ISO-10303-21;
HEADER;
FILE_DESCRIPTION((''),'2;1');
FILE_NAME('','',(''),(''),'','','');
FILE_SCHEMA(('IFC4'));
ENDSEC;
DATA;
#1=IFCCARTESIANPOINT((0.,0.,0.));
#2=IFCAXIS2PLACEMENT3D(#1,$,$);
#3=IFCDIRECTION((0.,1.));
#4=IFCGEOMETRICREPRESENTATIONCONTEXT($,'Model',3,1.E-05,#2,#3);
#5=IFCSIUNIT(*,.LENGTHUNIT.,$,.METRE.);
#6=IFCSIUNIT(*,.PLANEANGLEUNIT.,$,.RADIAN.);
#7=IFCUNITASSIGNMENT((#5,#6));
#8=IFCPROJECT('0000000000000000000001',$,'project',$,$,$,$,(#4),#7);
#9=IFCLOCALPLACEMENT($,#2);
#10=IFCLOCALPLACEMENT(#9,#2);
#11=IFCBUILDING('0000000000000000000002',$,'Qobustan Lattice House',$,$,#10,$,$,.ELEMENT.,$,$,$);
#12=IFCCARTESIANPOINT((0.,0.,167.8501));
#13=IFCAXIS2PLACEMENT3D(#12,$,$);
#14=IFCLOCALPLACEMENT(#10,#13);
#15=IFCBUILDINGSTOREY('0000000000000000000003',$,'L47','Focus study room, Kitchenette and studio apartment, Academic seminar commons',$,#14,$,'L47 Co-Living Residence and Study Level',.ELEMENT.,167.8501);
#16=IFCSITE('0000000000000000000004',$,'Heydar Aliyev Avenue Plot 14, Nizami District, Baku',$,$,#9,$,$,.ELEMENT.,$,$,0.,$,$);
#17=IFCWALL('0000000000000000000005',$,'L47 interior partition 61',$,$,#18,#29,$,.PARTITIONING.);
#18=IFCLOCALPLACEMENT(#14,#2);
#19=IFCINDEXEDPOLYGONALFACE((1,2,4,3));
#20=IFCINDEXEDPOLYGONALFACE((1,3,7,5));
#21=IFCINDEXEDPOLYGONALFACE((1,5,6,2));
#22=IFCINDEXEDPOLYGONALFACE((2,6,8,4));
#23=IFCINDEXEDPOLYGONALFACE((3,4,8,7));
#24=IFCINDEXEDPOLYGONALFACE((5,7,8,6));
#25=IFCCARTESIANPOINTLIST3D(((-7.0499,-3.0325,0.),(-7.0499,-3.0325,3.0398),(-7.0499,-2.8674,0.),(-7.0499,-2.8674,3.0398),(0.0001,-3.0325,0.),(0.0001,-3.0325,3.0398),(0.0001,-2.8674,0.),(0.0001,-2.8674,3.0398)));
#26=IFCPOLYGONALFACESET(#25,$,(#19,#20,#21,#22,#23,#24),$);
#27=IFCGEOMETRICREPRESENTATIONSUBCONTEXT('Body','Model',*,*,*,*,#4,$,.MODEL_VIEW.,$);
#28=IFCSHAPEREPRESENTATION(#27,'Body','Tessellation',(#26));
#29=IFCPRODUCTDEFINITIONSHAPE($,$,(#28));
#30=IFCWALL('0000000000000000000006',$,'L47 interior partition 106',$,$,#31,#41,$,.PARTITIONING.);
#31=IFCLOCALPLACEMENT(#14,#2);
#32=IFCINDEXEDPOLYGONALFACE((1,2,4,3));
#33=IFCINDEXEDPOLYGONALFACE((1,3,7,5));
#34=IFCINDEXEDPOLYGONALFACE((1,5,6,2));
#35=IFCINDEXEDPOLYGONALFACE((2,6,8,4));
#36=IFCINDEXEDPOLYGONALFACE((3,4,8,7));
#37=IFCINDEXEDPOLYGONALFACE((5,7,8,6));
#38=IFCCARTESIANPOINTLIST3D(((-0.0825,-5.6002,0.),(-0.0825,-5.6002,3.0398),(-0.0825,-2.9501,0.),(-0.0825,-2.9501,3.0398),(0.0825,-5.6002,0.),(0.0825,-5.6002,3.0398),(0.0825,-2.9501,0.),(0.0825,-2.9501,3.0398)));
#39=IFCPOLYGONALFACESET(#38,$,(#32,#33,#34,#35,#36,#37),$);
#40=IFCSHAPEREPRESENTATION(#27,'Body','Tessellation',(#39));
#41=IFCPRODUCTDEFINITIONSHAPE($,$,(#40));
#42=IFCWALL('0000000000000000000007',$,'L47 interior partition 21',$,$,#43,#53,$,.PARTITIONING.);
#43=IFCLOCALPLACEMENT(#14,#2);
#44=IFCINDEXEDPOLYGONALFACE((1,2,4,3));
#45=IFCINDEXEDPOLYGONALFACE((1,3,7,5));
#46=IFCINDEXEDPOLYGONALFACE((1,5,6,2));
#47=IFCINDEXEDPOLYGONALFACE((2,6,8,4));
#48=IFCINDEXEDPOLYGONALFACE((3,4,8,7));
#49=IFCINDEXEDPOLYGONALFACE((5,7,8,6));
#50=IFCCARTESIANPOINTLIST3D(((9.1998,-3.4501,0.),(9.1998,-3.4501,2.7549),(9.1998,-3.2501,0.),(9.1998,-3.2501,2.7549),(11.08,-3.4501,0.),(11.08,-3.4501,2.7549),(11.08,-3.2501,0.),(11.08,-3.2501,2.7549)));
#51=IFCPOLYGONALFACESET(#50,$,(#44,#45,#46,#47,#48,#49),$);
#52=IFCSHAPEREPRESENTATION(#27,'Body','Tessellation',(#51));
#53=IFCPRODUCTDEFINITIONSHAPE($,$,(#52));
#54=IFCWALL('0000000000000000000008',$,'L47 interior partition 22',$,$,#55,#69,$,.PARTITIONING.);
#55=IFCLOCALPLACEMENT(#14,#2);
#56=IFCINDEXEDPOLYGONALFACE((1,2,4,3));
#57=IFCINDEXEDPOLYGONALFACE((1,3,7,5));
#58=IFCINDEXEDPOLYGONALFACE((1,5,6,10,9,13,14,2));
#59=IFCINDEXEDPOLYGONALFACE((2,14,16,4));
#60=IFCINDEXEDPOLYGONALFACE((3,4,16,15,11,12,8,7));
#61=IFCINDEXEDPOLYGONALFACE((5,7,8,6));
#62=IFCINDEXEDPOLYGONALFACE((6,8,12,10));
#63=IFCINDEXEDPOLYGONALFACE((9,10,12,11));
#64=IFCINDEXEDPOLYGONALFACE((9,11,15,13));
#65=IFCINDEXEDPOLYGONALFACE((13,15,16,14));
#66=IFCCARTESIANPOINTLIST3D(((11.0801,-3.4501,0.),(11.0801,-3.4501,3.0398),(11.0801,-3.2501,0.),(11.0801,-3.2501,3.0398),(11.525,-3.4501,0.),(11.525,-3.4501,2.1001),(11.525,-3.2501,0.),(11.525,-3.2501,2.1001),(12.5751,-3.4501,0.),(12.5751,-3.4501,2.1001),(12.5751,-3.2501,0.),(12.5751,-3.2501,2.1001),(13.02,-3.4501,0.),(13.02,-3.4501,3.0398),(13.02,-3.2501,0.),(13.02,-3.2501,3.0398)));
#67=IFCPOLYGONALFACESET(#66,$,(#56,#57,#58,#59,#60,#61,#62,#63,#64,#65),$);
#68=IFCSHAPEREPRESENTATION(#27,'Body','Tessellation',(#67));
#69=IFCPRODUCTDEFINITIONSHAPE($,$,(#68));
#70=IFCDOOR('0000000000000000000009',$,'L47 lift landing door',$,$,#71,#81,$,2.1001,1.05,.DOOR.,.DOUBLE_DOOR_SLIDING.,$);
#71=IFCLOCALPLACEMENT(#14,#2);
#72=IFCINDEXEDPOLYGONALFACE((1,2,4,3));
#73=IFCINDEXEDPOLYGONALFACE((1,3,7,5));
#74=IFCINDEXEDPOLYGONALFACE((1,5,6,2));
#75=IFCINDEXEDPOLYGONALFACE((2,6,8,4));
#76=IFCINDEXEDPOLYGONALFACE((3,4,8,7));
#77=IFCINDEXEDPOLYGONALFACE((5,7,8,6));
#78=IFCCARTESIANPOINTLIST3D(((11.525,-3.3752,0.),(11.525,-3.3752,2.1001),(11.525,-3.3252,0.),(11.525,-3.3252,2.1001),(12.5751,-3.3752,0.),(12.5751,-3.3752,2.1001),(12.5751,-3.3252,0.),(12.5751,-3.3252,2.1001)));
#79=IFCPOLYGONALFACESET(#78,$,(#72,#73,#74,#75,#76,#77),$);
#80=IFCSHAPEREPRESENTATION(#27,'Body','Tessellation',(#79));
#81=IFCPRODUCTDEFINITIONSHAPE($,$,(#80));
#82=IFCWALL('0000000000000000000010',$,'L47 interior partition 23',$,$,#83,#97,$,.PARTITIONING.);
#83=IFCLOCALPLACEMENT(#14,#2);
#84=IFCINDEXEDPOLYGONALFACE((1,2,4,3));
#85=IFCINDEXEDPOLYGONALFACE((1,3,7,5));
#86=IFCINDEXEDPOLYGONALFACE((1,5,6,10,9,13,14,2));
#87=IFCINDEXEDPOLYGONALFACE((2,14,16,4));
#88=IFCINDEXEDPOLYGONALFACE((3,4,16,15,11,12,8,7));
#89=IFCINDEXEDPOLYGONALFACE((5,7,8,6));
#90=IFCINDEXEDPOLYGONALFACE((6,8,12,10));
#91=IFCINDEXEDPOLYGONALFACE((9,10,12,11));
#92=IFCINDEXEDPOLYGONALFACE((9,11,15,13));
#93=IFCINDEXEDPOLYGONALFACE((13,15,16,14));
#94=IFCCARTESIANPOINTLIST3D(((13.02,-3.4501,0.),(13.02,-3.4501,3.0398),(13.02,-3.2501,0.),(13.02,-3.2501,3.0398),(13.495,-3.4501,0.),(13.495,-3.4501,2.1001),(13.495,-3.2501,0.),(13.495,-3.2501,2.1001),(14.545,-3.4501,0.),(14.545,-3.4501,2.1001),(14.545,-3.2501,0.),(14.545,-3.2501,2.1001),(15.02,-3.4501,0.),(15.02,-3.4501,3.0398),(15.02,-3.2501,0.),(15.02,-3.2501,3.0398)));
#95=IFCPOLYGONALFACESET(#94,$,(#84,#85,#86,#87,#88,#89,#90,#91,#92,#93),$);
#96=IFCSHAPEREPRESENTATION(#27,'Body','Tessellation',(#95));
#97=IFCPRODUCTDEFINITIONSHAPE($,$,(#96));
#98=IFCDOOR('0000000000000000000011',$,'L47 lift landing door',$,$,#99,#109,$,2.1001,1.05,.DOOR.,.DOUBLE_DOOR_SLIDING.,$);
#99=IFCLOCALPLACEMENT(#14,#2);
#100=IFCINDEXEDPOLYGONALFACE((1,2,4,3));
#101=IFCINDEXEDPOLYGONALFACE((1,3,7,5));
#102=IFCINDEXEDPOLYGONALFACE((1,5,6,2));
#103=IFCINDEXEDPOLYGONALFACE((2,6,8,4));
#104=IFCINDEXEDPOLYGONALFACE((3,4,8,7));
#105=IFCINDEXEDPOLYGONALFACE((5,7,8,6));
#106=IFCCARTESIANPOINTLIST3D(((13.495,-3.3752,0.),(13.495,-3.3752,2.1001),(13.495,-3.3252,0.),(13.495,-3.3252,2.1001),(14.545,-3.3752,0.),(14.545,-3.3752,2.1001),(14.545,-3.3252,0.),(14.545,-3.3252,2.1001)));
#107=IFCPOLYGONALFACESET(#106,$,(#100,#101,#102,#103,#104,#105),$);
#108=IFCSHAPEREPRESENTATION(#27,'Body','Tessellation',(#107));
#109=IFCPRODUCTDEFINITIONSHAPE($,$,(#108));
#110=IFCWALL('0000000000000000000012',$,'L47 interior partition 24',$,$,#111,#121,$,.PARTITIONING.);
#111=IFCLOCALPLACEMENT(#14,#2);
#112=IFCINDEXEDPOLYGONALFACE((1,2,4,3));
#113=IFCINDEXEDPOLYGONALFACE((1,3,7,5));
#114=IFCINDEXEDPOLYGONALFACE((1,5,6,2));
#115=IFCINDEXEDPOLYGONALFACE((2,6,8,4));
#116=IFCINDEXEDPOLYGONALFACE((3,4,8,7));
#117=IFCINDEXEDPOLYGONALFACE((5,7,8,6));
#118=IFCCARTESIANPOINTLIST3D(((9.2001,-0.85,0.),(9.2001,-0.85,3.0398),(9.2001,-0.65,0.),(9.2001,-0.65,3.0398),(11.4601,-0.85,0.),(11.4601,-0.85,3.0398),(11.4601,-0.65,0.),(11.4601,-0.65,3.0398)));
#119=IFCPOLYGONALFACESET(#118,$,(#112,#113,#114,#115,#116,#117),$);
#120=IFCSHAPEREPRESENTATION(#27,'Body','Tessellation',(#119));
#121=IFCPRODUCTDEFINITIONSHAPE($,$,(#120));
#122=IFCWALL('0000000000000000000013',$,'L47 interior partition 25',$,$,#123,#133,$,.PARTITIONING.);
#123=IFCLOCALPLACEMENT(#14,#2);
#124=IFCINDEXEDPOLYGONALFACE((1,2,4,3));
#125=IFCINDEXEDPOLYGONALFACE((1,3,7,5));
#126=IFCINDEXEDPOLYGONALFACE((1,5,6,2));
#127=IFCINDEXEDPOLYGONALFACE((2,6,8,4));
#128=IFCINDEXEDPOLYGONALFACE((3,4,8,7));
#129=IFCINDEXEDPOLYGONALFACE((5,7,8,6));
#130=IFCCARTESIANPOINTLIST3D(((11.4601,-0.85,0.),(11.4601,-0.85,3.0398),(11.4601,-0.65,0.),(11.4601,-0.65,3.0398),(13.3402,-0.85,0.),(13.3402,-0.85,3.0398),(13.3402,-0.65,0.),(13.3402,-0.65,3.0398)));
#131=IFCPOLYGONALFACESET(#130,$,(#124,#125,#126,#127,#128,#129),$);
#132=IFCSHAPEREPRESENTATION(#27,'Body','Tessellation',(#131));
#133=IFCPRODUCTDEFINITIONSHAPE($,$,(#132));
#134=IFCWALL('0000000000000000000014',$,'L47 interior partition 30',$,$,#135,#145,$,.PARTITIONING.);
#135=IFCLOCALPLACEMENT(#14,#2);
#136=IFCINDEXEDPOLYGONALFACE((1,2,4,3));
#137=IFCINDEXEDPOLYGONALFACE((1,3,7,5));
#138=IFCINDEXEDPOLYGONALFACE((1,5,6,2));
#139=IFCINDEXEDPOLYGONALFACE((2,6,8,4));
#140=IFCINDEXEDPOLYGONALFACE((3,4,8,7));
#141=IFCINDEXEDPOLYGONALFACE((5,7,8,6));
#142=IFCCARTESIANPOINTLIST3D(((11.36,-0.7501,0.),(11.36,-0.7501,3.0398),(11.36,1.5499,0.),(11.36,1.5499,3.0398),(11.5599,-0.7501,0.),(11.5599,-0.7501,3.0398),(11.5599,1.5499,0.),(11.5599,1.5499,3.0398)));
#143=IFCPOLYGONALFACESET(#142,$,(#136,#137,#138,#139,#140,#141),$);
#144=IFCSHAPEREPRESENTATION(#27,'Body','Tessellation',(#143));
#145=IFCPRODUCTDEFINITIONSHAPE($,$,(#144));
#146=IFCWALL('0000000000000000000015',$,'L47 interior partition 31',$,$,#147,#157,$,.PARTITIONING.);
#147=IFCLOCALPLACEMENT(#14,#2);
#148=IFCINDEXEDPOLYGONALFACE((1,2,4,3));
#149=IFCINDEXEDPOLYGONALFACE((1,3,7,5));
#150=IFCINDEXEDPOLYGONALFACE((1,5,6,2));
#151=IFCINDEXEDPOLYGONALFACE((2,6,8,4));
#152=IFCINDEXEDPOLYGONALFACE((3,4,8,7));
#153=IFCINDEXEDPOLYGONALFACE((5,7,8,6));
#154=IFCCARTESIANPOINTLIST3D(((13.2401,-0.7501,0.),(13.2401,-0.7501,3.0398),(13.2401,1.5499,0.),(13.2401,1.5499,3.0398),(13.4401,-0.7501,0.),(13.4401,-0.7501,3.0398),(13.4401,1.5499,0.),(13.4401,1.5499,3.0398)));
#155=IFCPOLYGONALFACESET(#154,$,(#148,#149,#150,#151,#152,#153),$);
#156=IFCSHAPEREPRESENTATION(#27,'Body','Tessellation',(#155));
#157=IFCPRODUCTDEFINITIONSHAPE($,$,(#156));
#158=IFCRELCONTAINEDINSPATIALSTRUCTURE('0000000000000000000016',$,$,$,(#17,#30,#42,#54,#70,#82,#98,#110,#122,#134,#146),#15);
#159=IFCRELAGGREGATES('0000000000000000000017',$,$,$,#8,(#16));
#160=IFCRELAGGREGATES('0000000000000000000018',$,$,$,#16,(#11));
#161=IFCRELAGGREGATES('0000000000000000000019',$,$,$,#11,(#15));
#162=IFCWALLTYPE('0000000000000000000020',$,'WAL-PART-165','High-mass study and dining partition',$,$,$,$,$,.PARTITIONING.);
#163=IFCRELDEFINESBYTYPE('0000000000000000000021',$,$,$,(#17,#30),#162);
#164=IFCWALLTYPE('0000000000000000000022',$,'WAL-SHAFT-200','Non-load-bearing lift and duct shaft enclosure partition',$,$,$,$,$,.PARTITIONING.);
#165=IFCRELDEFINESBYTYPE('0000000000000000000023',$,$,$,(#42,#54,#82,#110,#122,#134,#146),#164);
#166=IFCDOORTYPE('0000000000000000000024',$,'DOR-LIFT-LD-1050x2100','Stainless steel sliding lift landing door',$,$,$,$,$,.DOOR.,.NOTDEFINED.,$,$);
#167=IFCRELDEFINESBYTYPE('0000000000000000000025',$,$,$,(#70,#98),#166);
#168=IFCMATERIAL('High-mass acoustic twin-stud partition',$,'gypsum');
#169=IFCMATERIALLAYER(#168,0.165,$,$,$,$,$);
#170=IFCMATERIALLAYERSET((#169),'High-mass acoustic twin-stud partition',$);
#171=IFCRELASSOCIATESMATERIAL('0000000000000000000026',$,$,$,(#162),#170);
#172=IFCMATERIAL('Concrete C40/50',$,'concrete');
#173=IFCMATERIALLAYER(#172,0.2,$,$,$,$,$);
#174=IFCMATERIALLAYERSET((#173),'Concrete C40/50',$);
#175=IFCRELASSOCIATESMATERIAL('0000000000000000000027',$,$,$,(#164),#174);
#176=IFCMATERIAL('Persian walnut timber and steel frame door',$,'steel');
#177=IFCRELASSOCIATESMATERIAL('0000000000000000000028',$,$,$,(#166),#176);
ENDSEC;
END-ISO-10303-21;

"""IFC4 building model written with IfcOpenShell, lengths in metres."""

from ifc_helpers import new_model, si_unit, direction, frame, frame_2d, origin, place, context, subcontext, project, spatial, rectangle, extrude, material, layer, layer_set, type_object, element, fill, save


model = new_model("IFC4")

# Units and contexts
model_context = context("Model", 3, precision=1e-05, world=origin(), true_north=direction((0.0, 1.0)))
body_context = subcontext(model_context, "Body", "Model", "MODEL_VIEW")
ifc_project = project(units=[si_unit("LENGTHUNIT", "METRE"), si_unit("PLANEANGLEUNIT", "RADIAN")], contexts=[model_context])

# Site, building, storey
site_placement = place(None, origin())
site = spatial("IfcSite", under=ifc_project, at=site_placement, Name="Heydar Aliyev Avenue Plot 14, Nizami District, Baku", CompositionType="ELEMENT", RefElevation=0.0)
building_placement = place(site_placement, origin())
building = spatial("IfcBuilding", under=site, at=building_placement, Name="Qobustan Lattice House", CompositionType="ELEMENT")
storey_placement = place(building_placement, frame((0.0, 0.0, 167.8501)))
storey = spatial("IfcBuildingStorey", under=building, at=storey_placement, Name="L47", Description="Focus study room, Kitchenette and studio apartment, Academic seminar commons", LongName="L47 Co-Living Residence and Study Level", CompositionType="ELEMENT", Elevation=167.8501)

# Walls
ifc_material_1 = material(Name="High-mass acoustic twin-stud partition", Category="gypsum")
ifc_layer_1 = layer(ifc_material_1, 0.165)
ifc_layer_set_1 = layer_set([ifc_layer_1], Name="High-mass acoustic twin-stud partition")
wall_type_1 = type_object("IfcWallType", Name="WAL-PART-165", Description="High-mass study and dining partition", PredefinedType="PARTITIONING", material=ifc_layer_set_1)
wall_1_placement = place(storey_placement, frame((0.0, -2.95, 0.0), z_axis=(0.0, 0.0, 1.0), x_axis=(-1.0, 0.0, 0.0)))
element("IfcWall", 1, at=wall_1_placement, inside=storey, type_object=wall_type_1, Name="L47 interior partition 61", PredefinedType="PARTITIONING", context=body_context, shape_type="SweptSolid", body=[
    extrude(rectangle(XDim=7.05, YDim=0.165, at=frame_2d((3.5249, 0.0))), origin(), (0.0, 0.0, 1.0), 3.0398),
])
wall_2_placement = place(storey_placement, frame((0.0, -2.95, 0.0), z_axis=(0.0, 0.0, 1.0), x_axis=(0.0, -1.0, 0.0)))
element("IfcWall", 2, at=wall_2_placement, inside=storey, type_object=wall_type_1, Name="L47 interior partition 106", PredefinedType="PARTITIONING", context=body_context, shape_type="SweptSolid", body=[
    extrude(rectangle(XDim=2.6501, YDim=0.165, at=frame_2d((1.3252, 0.0))), origin(), (0.0, 0.0, 1.0), 3.0398),
])
ifc_material_2 = material(Name="Concrete C40/50", Category="concrete")
ifc_layer_2 = layer(ifc_material_2, 0.2)
ifc_layer_set_2 = layer_set([ifc_layer_2], Name="Concrete C40/50")
wall_type_2 = type_object("IfcWallType", Name="WAL-SHAFT-200", Description="Non-load-bearing lift and duct shaft enclosure partition", PredefinedType="PARTITIONING", material=ifc_layer_set_2)
wall_3_placement = place(storey_placement, frame((9.2, -3.3501, 0.0), z_axis=(0.0, 0.0, 1.0), x_axis=(1.0, 0.0, 0.0)))
element("IfcWall", 3, at=wall_3_placement, inside=storey, type_object=wall_type_2, Name="L47 interior partition 21", PredefinedType="PARTITIONING", context=body_context, shape_type="SweptSolid", body=[
    extrude(rectangle(XDim=1.8801, YDim=0.2, at=frame_2d((0.9399, 0.0))), origin(), (0.0, 0.0, 1.0), 2.7549),
])

# Walls, openings, doors
wall_4_placement = place(storey_placement, frame((11.0801, -3.3501, 0.0), z_axis=(0.0, 0.0, 1.0), x_axis=(1.0, 0.0, 0.0)))
wall_4 = element("IfcWall", 4, at=wall_4_placement, inside=storey, type_object=wall_type_2, Name="L47 interior partition 22", PredefinedType="PARTITIONING", context=body_context, shape_type="SweptSolid", body=[
    extrude(rectangle(XDim=1.9399, YDim=0.2, at=frame_2d((0.97, 0.0))), origin(), (0.0, 0.0, 1.0), 3.0398),
])
opening_1_placement = place(wall_4_placement, frame((0.4451, 0.0, 0.0)))
opening_1 = element("IfcOpeningElement", 5, at=opening_1_placement, cuts=wall_4, PredefinedType="OPENING", context=body_context, shape_type="SweptSolid", body=[
    extrude(rectangle(XDim=1.05, YDim=2.1001, at=frame_2d((0.5249, 1.05))), frame((0.0, 0.1099, 0.0), z_axis=(0.0, -1.0, 0.0), x_axis=(1.0, 0.0, 0.0)), (0.0, 0.0, 1.0), 0.22),
])
ifc_material_3 = material(Name="Persian walnut timber and steel frame door", Category="steel")
door_type_1 = type_object("IfcDoorType", Name="DOR-LIFT-LD-1050x2100", Description="Stainless steel sliding lift landing door", OperationType="NOTDEFINED", PredefinedType="DOOR", material=ifc_material_3)
door_1_placement = place(opening_1_placement, origin())
door_1 = element("IfcDoor", 6, at=door_1_placement, inside=storey, type_object=door_type_1, Name="L47 lift landing door", OperationType="DOUBLE_DOOR_SLIDING", OverallHeight=2.1001, OverallWidth=1.05, PredefinedType="DOOR", context=body_context, shape_type="SweptSolid", body=[
    extrude(rectangle(XDim=1.05, YDim=2.1001, at=frame_2d((0.5249, 1.05))), frame((0.0, 0.0249, 0.0), z_axis=(0.0, -1.0, 0.0), x_axis=(1.0, 0.0, 0.0)), (0.0, 0.0, 1.0), 0.05),
])
fill(opening_1, door_1)
wall_5_placement = place(storey_placement, frame((13.02, -3.3501, 0.0), z_axis=(0.0, 0.0, 1.0), x_axis=(1.0, 0.0, 0.0)))
wall_5 = element("IfcWall", 7, at=wall_5_placement, inside=storey, type_object=wall_type_2, Name="L47 interior partition 23", PredefinedType="PARTITIONING", context=body_context, shape_type="SweptSolid", body=[
    extrude(rectangle(XDim=2.0, YDim=0.2, at=frame_2d((1.0, 0.0))), origin(), (0.0, 0.0, 1.0), 3.0398),
])
opening_2_placement = place(wall_5_placement, frame((0.4751, 0.0, 0.0)))
opening_2 = element("IfcOpeningElement", 8, at=opening_2_placement, cuts=wall_5, PredefinedType="OPENING", context=body_context, shape_type="SweptSolid", body=[
    extrude(rectangle(XDim=1.05, YDim=2.1001, at=frame_2d((0.5249, 1.05))), frame((0.0, 0.1099, 0.0), z_axis=(0.0, -1.0, 0.0), x_axis=(1.0, 0.0, 0.0)), (0.0, 0.0, 1.0), 0.22),
])
door_2_placement = place(opening_2_placement, origin())
door_2 = element("IfcDoor", 9, at=door_2_placement, inside=storey, type_object=door_type_1, Name="L47 lift landing door", OperationType="DOUBLE_DOOR_SLIDING", OverallHeight=2.1001, OverallWidth=1.05, PredefinedType="DOOR", context=body_context, shape_type="SweptSolid", body=[
    extrude(rectangle(XDim=1.05, YDim=2.1001, at=frame_2d((0.5249, 1.05))), frame((0.0, 0.0249, 0.0), z_axis=(0.0, -1.0, 0.0), x_axis=(1.0, 0.0, 0.0)), (0.0, 0.0, 1.0), 0.05),
])
fill(opening_2, door_2)

# Walls
wall_6_placement = place(storey_placement, frame((11.46, -0.75, 0.0), z_axis=(0.0, 0.0, 1.0), x_axis=(-1.0, 0.0, 0.0)))
element("IfcWall", 10, at=wall_6_placement, inside=storey, type_object=wall_type_2, Name="L47 interior partition 24", PredefinedType="PARTITIONING", context=body_context, shape_type="SweptSolid", body=[
    extrude(rectangle(XDim=2.26, YDim=0.2, at=frame_2d((1.1299, 0.0))), origin(), (0.0, 0.0, 1.0), 3.0398),
])
wall_7_placement = place(storey_placement, frame((13.3401, -0.75, 0.0), z_axis=(0.0, 0.0, 1.0), x_axis=(-1.0, 0.0, 0.0)))
element("IfcWall", 11, at=wall_7_placement, inside=storey, type_object=wall_type_2, Name="L47 interior partition 25", PredefinedType="PARTITIONING", context=body_context, shape_type="SweptSolid", body=[
    extrude(rectangle(XDim=1.8801, YDim=0.2, at=frame_2d((0.9399, 0.0))), origin(), (0.0, 0.0, 1.0), 3.0398),
])
for number, where, z_axis, x_axis, name in (
    (12, (11.46, -0.75, 0.0), (0.0, 0.0, 1.0), (0.0, 1.0, 0.0), "L47 interior partition 30"),
    (13, (13.3401, -0.75, 0.0), (0.0, 0.0, 1.0), (0.0, 1.0, 0.0), "L47 interior partition 31"),
):
    element("IfcWall", number, at=place(storey_placement, frame(where, z_axis=z_axis, x_axis=x_axis)), inside=storey, type_object=wall_type_2, Name=name, PredefinedType="PARTITIONING", context=body_context, shape_type="SweptSolid", body=[
        extrude(rectangle(XDim=2.3, YDim=0.2, at=frame_2d((1.1499, 0.0))), origin(), (0.0, 0.0, 1.0), 3.0398),
    ])

save(model, "model.ifc")
